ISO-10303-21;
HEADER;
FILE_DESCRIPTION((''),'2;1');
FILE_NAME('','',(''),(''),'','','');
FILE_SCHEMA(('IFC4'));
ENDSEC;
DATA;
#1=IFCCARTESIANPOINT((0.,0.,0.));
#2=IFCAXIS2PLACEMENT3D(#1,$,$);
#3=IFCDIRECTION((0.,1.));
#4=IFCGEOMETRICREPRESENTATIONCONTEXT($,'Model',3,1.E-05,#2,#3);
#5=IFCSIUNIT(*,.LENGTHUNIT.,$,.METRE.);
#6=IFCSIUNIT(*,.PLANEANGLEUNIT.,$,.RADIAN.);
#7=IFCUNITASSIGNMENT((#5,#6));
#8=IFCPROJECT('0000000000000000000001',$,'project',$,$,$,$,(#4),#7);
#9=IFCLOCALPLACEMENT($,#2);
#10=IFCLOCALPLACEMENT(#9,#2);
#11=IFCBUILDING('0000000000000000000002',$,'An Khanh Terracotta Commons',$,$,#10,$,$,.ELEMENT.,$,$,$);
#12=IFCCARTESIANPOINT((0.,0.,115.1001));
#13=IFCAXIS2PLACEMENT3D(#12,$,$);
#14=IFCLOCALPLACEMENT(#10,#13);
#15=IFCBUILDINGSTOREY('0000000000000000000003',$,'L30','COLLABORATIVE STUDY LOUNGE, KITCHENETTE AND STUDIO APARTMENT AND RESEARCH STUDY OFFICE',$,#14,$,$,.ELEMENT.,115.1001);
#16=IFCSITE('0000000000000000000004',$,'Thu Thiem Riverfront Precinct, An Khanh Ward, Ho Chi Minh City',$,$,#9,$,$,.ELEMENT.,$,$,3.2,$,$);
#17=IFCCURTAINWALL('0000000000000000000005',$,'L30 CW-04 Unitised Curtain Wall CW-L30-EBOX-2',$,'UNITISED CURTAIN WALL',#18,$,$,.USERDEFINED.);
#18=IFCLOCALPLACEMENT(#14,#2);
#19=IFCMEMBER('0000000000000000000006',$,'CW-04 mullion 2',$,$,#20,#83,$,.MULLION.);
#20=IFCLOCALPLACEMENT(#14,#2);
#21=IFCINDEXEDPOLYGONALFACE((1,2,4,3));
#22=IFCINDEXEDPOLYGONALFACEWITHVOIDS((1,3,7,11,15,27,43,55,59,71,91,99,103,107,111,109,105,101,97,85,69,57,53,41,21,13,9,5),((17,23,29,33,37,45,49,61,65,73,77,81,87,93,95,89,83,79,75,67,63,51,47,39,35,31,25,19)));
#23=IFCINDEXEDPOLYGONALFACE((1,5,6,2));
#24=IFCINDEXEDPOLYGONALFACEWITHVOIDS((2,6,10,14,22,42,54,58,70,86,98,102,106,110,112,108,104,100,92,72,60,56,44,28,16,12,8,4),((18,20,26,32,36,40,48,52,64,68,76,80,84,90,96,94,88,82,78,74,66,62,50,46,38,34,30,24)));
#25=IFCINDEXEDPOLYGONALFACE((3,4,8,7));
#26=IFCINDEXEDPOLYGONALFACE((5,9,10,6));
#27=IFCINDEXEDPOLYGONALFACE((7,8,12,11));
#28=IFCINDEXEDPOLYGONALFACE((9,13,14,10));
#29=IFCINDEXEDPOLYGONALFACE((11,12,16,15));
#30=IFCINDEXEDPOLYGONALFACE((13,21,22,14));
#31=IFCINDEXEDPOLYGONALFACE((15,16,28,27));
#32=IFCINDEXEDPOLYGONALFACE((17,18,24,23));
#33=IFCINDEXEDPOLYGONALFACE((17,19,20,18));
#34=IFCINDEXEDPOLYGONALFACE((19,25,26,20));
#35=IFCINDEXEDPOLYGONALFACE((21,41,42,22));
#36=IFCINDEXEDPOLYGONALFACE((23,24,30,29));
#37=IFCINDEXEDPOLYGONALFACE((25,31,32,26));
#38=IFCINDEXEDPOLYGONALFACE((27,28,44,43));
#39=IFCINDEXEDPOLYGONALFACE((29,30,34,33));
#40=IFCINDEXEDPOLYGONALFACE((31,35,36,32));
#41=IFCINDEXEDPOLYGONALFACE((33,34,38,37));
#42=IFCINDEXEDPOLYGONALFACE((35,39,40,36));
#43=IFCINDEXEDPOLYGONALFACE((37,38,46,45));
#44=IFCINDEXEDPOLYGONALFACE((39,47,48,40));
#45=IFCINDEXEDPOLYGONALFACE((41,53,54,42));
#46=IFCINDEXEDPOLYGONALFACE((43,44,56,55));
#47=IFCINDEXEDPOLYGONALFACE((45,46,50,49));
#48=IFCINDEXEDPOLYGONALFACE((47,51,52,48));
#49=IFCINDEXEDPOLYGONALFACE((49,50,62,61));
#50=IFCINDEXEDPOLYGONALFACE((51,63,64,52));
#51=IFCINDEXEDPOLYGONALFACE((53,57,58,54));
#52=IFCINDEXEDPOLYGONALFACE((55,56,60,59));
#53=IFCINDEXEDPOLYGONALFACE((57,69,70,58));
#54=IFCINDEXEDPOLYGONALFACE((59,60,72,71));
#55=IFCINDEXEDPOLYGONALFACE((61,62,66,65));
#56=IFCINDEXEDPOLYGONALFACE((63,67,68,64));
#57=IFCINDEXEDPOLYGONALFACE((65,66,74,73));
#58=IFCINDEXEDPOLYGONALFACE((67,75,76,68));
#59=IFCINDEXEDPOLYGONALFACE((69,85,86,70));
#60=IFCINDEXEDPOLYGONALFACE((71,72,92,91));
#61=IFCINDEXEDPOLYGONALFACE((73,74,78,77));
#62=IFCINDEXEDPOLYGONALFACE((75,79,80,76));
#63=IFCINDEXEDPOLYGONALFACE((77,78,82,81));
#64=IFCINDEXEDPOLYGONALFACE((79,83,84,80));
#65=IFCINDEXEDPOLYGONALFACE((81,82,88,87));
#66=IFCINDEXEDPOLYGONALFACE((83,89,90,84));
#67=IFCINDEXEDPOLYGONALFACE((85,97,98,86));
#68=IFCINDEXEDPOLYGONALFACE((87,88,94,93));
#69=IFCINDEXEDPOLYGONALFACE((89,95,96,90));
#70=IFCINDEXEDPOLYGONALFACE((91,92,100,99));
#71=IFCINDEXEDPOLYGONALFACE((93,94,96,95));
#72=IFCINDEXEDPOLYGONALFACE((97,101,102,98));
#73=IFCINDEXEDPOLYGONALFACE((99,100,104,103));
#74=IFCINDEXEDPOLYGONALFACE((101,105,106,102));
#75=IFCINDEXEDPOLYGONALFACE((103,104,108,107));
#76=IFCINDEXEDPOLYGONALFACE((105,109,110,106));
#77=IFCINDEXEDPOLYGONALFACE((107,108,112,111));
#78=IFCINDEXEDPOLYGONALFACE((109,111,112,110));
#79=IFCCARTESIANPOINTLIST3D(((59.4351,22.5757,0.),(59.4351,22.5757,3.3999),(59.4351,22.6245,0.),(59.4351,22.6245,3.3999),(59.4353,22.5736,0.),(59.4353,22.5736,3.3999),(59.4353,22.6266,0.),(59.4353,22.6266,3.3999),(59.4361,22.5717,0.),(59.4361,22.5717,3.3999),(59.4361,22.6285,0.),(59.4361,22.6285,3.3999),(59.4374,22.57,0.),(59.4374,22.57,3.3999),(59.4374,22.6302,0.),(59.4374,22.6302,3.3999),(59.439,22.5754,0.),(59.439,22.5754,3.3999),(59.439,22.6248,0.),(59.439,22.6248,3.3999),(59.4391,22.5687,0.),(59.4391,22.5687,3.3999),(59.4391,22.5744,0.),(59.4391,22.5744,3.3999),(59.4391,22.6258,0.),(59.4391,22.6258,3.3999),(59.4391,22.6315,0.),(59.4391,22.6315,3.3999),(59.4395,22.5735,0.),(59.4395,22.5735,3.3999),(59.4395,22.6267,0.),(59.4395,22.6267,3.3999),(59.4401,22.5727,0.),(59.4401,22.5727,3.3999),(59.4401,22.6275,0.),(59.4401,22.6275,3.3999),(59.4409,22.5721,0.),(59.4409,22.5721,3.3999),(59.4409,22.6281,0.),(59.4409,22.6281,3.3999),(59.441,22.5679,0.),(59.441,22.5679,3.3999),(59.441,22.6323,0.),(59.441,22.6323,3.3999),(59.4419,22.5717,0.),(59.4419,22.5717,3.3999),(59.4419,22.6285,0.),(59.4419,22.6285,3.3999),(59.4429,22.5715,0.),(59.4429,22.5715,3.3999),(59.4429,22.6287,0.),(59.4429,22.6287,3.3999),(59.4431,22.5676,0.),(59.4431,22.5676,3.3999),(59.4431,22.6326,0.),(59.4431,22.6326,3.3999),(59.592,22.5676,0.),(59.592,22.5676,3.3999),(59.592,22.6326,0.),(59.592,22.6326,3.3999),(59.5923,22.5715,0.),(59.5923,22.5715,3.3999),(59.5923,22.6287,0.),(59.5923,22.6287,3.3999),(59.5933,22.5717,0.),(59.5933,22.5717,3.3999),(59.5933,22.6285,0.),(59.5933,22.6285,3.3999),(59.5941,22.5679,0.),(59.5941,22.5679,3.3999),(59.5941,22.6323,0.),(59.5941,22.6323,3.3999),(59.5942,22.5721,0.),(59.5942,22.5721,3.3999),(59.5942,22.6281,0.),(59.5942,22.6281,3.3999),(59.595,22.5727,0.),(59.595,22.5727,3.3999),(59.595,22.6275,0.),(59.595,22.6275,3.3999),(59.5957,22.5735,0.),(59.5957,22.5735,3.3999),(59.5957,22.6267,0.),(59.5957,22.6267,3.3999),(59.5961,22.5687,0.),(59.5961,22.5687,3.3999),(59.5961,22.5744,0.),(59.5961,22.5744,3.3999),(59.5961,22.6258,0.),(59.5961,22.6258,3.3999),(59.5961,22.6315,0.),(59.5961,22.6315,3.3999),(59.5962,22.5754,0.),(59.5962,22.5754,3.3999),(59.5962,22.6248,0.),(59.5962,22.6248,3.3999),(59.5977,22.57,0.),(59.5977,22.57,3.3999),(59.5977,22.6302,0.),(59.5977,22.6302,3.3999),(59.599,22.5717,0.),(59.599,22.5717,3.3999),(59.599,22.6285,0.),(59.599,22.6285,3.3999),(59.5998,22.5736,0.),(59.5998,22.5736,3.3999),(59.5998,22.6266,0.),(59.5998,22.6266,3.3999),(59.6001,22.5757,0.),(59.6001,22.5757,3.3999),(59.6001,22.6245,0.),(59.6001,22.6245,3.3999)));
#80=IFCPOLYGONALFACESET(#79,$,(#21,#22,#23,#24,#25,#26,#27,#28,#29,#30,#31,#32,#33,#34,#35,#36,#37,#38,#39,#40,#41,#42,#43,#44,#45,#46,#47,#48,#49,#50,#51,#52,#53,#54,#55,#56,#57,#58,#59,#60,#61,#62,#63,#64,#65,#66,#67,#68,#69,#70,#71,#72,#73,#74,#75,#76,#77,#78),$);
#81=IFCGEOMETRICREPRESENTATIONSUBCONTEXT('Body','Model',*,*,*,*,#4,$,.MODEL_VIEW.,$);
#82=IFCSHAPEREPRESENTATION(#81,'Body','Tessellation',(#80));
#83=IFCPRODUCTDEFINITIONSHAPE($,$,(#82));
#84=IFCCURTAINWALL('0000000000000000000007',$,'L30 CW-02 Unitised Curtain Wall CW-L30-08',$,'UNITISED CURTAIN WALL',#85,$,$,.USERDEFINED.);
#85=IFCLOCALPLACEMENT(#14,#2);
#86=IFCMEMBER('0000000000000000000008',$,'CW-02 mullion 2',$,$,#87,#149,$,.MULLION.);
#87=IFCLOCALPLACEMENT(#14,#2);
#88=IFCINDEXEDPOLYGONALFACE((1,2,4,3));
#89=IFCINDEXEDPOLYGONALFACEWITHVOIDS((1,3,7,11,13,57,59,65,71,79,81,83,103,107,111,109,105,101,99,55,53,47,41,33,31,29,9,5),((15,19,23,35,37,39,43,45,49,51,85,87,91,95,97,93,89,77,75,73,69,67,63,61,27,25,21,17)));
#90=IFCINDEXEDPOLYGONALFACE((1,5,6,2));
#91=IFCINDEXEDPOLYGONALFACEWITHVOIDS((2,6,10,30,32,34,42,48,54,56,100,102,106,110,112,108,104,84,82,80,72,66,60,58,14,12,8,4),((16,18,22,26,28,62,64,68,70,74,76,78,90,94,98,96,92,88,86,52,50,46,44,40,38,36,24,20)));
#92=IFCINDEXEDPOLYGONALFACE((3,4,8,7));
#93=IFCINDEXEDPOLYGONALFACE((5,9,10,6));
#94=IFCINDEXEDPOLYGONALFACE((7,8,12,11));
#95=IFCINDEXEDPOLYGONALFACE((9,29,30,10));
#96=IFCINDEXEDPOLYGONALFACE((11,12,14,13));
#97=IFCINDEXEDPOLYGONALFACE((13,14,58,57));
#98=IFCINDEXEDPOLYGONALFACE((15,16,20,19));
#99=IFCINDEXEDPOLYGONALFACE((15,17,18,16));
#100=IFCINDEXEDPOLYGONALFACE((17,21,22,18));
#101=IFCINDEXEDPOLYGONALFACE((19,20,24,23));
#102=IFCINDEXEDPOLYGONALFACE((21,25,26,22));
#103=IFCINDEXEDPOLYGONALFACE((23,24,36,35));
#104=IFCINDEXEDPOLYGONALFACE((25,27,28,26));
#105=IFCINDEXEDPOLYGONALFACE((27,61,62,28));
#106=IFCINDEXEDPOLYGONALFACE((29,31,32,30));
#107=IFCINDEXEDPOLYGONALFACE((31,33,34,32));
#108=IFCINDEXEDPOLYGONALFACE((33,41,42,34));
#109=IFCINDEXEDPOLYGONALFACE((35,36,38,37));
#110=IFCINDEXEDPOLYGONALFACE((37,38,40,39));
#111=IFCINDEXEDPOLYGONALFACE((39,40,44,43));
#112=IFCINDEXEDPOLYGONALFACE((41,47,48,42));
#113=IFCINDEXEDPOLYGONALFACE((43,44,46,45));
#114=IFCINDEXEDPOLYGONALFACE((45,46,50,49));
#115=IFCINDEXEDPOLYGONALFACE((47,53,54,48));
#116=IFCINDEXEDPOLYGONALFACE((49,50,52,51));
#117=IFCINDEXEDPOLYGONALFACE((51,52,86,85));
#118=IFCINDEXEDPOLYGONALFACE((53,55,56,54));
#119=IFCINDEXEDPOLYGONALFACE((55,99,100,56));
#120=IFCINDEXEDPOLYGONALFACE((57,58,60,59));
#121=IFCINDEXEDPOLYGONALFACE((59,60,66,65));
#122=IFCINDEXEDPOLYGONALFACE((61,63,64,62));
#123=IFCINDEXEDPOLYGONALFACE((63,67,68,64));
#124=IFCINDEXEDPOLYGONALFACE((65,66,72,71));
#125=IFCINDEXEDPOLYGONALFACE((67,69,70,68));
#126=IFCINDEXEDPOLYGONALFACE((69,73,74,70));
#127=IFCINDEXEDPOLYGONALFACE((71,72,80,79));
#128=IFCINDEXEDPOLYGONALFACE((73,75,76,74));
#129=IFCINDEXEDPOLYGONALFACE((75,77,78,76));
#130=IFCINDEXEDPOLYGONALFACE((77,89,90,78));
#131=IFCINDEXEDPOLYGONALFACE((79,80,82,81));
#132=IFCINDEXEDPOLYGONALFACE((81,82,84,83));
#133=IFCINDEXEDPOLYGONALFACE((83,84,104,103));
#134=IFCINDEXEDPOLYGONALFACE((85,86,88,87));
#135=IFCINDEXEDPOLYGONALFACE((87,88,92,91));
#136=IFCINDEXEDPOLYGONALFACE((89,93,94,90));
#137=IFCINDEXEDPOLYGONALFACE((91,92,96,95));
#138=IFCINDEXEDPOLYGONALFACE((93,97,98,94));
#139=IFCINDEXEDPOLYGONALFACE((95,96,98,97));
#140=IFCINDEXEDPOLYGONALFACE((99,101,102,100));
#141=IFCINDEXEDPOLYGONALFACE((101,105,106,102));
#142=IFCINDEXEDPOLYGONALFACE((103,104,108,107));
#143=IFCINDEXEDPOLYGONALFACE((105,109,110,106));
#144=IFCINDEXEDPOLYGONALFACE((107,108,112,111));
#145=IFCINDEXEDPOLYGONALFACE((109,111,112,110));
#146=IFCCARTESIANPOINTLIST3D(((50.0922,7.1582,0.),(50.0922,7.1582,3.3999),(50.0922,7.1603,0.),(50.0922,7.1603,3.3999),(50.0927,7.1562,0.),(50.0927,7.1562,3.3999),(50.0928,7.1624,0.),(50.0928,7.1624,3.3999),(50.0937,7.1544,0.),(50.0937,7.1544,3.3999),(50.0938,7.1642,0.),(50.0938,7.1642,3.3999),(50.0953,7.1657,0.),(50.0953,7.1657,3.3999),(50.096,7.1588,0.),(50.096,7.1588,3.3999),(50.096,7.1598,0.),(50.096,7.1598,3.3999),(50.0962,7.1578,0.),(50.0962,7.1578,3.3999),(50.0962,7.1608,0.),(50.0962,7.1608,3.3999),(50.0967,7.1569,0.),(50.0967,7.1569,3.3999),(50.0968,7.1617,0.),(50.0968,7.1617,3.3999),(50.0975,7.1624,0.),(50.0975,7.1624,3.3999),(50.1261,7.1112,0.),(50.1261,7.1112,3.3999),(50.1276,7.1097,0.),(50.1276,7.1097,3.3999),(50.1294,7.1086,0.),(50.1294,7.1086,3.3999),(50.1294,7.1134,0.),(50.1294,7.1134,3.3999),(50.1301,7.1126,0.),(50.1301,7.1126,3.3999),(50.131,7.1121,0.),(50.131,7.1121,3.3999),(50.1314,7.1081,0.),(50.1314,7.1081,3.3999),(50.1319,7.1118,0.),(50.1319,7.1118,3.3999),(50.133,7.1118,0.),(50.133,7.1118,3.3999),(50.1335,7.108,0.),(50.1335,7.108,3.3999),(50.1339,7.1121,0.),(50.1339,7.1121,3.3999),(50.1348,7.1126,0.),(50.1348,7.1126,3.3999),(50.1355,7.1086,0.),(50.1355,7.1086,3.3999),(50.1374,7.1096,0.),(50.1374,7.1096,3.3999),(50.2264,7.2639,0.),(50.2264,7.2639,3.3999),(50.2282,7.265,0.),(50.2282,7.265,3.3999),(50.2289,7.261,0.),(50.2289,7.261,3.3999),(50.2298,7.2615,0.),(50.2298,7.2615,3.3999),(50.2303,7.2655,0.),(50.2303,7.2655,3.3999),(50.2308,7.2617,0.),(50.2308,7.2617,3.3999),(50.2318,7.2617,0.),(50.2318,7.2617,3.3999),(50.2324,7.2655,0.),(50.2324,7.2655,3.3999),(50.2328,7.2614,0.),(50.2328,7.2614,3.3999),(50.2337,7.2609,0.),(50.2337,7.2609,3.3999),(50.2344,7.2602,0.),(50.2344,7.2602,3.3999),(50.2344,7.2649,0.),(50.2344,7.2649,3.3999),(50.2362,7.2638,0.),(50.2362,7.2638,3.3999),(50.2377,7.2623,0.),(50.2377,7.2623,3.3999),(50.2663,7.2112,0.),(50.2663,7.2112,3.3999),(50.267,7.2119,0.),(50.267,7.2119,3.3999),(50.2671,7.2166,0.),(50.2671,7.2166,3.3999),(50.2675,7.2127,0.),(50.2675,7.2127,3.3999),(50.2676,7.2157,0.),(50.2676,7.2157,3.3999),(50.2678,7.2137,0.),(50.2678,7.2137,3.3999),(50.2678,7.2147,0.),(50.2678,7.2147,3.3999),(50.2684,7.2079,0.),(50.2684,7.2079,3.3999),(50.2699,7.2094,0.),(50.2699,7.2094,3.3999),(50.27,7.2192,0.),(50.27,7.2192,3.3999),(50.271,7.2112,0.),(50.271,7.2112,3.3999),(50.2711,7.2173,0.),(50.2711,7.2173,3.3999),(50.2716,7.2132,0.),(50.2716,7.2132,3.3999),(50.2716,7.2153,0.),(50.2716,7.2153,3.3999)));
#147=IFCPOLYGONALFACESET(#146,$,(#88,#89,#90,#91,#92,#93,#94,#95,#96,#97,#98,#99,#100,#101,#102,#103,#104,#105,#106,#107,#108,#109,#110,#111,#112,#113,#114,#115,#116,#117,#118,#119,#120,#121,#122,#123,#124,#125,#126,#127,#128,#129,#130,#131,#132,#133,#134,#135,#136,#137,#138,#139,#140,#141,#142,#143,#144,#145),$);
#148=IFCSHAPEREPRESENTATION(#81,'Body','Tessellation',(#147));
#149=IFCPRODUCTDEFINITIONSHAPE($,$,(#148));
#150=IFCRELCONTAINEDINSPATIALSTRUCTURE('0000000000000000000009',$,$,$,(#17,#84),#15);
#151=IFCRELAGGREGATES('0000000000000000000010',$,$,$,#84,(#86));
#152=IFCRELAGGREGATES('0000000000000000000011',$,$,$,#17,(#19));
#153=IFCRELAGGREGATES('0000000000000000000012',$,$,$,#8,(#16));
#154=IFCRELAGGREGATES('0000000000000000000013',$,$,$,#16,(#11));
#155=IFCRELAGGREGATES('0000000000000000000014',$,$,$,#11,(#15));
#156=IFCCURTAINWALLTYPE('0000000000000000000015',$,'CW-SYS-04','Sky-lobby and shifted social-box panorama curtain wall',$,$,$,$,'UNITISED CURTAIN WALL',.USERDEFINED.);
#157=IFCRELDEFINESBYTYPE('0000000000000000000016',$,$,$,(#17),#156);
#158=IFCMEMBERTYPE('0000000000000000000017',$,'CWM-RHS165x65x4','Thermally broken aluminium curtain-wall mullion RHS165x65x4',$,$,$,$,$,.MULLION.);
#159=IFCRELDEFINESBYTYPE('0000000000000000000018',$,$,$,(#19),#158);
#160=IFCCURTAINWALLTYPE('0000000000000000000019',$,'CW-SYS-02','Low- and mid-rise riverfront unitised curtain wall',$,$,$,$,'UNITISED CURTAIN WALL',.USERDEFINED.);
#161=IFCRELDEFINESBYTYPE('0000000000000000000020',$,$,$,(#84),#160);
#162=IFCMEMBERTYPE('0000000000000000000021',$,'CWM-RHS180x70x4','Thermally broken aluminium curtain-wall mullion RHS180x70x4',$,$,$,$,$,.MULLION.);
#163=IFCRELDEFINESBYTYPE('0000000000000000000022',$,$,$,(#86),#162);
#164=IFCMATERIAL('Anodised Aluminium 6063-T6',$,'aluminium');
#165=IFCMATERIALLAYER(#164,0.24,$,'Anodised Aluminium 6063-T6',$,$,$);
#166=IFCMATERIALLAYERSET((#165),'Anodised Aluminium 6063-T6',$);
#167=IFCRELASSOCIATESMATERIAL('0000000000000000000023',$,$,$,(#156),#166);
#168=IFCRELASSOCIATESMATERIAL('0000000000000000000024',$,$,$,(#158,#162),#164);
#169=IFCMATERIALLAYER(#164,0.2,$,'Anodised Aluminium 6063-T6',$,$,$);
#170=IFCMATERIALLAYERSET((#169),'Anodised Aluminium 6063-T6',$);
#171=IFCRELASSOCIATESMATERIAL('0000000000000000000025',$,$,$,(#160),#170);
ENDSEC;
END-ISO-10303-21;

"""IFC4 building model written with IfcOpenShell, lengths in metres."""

from ifc_helpers import new_model, si_unit, direction, frame, origin, origin_2d, place, context, subcontext, project, spatial, hollow_rectangle, extrude, material, layer, layer_set, material_profile, profile_set, type_object, element, aggregate, save


model = new_model("IFC4")

# Units and contexts
model_context = context("Model", 3, precision=1e-05, world=origin(), true_north=direction((0.0, 1.0)))
body_context = subcontext(model_context, "Body", "Model", "MODEL_VIEW")
ifc_project = project(units=[si_unit("LENGTHUNIT", "METRE"), si_unit("PLANEANGLEUNIT", "RADIAN")], contexts=[model_context])

# Site, building, storey
site_placement = place(None, origin())
site = spatial("IfcSite", under=ifc_project, at=site_placement, Name="Thu Thiem Riverfront Precinct, An Khanh Ward, Ho Chi Minh City", CompositionType="ELEMENT", RefElevation=3.2)
building_placement = place(site_placement, origin())
building = spatial("IfcBuilding", under=site, at=building_placement, Name="An Khanh Terracotta Commons", CompositionType="ELEMENT")
storey_placement = place(building_placement, frame((0.0, 0.0, 115.1001)))
storey = spatial("IfcBuildingStorey", under=building, at=storey_placement, Name="L30", Description="COLLABORATIVE STUDY LOUNGE, KITCHENETTE AND STUDIO APARTMENT AND RESEARCH STUDY OFFICE", CompositionType="ELEMENT", Elevation=115.1001)

# Shared definitions
ifc_material_1 = material(Name="Anodised Aluminium 6063-T6", Category="aluminium")
ifc_layer_1 = layer(ifc_material_1, 0.24, Name="Anodised Aluminium 6063-T6")
ifc_layer_set_1 = layer_set([ifc_layer_1], Name="Anodised Aluminium 6063-T6")
curtain_wall_type_1 = type_object("IfcCurtainWallType", Name="CW-SYS-04", Description="Sky-lobby and shifted social-box panorama curtain wall", ElementType="UNITISED CURTAIN WALL", PredefinedType="USERDEFINED", material=ifc_layer_set_1)
ifc_material_profile_1 = material_profile(ifc_material_1, hollow_rectangle(XDim=0.0649, YDim=0.165, WallThickness=0.0039, InnerFilletRadius=0.0039, OuterFilletRadius=0.0081, at=origin_2d()), Name="RHS165x65x4")
ifc_profile_set_1 = profile_set([ifc_material_profile_1], Name="Anodised Aluminium 6063-T6")
member_type_1 = type_object("IfcMemberType", Name="CWM-RHS165x65x4", Description="Thermally broken aluminium curtain-wall mullion RHS165x65x4", PredefinedType="MULLION", material=ifc_profile_set_1)

# Curtain walls, members
curtain_wall_1_placement = place(storey_placement, origin())
curtain_wall_1 = element("IfcCurtainWall", 1, at=curtain_wall_1_placement, inside=storey, type_object=curtain_wall_type_1, Name="L30 CW-04 Unitised Curtain Wall CW-L30-EBOX-2", ObjectType="UNITISED CURTAIN WALL", PredefinedType="USERDEFINED")
member_1_placement = place(storey_placement, frame((59.5176, 22.6001, 0.0), z_axis=(0.0, 0.0, 1.0), x_axis=(0.0, 1.0, 0.0)))
member_1 = element("IfcMember", 2, at=member_1_placement, type_object=member_type_1, Name="CW-04 mullion 2", PredefinedType="MULLION", context=body_context, shape_type="SweptSolid", body=[
    extrude(hollow_rectangle(XDim=0.0649, YDim=0.165, WallThickness=0.0039, InnerFilletRadius=0.0039, OuterFilletRadius=0.0081, at=origin_2d()), origin(), (0.0, 0.0, 1.0), 3.3999),
])
ifc_layer_2 = layer(ifc_material_1, 0.2, Name="Anodised Aluminium 6063-T6")
ifc_layer_set_2 = layer_set([ifc_layer_2], Name="Anodised Aluminium 6063-T6")
curtain_wall_type_2 = type_object("IfcCurtainWallType", Name="CW-SYS-02", Description="Low- and mid-rise riverfront unitised curtain wall", ElementType="UNITISED CURTAIN WALL", PredefinedType="USERDEFINED", material=ifc_layer_set_2)
curtain_wall_2_placement = place(storey_placement, origin())
curtain_wall_2 = element("IfcCurtainWall", 3, at=curtain_wall_2_placement, inside=storey, type_object=curtain_wall_type_2, Name="L30 CW-02 Unitised Curtain Wall CW-L30-08", ObjectType="UNITISED CURTAIN WALL", PredefinedType="USERDEFINED")
ifc_material_profile_2 = material_profile(ifc_material_1, hollow_rectangle(XDim=0.0701, YDim=0.1799, WallThickness=0.0039, InnerFilletRadius=0.0039, OuterFilletRadius=0.0081, at=origin_2d()), Name="RHS180x70x4")
ifc_profile_set_2 = profile_set([ifc_material_profile_2], Name="Anodised Aluminium 6063-T6")
member_type_2 = type_object("IfcMemberType", Name="CWM-RHS180x70x4", Description="Thermally broken aluminium curtain-wall mullion RHS180x70x4", PredefinedType="MULLION", material=ifc_profile_set_2)
member_2_placement = place(storey_placement, frame((50.1819, 7.1868, 0.0), z_axis=(0.0, 0.0, 1.0), x_axis=(-0.599983, 0.800013, 0.0)))
member_2 = element("IfcMember", 4, at=member_2_placement, type_object=member_type_2, Name="CW-02 mullion 2", PredefinedType="MULLION", context=body_context, shape_type="SweptSolid", body=[
    extrude(hollow_rectangle(XDim=0.0701, YDim=0.1799, WallThickness=0.0039, InnerFilletRadius=0.0039, OuterFilletRadius=0.0081, at=origin_2d()), origin(), (0.0, 0.0, 1.0), 3.3999),
])

aggregate(curtain_wall_2, [member_2])
aggregate(curtain_wall_1, [member_1])

save(model, "model.ifc")
